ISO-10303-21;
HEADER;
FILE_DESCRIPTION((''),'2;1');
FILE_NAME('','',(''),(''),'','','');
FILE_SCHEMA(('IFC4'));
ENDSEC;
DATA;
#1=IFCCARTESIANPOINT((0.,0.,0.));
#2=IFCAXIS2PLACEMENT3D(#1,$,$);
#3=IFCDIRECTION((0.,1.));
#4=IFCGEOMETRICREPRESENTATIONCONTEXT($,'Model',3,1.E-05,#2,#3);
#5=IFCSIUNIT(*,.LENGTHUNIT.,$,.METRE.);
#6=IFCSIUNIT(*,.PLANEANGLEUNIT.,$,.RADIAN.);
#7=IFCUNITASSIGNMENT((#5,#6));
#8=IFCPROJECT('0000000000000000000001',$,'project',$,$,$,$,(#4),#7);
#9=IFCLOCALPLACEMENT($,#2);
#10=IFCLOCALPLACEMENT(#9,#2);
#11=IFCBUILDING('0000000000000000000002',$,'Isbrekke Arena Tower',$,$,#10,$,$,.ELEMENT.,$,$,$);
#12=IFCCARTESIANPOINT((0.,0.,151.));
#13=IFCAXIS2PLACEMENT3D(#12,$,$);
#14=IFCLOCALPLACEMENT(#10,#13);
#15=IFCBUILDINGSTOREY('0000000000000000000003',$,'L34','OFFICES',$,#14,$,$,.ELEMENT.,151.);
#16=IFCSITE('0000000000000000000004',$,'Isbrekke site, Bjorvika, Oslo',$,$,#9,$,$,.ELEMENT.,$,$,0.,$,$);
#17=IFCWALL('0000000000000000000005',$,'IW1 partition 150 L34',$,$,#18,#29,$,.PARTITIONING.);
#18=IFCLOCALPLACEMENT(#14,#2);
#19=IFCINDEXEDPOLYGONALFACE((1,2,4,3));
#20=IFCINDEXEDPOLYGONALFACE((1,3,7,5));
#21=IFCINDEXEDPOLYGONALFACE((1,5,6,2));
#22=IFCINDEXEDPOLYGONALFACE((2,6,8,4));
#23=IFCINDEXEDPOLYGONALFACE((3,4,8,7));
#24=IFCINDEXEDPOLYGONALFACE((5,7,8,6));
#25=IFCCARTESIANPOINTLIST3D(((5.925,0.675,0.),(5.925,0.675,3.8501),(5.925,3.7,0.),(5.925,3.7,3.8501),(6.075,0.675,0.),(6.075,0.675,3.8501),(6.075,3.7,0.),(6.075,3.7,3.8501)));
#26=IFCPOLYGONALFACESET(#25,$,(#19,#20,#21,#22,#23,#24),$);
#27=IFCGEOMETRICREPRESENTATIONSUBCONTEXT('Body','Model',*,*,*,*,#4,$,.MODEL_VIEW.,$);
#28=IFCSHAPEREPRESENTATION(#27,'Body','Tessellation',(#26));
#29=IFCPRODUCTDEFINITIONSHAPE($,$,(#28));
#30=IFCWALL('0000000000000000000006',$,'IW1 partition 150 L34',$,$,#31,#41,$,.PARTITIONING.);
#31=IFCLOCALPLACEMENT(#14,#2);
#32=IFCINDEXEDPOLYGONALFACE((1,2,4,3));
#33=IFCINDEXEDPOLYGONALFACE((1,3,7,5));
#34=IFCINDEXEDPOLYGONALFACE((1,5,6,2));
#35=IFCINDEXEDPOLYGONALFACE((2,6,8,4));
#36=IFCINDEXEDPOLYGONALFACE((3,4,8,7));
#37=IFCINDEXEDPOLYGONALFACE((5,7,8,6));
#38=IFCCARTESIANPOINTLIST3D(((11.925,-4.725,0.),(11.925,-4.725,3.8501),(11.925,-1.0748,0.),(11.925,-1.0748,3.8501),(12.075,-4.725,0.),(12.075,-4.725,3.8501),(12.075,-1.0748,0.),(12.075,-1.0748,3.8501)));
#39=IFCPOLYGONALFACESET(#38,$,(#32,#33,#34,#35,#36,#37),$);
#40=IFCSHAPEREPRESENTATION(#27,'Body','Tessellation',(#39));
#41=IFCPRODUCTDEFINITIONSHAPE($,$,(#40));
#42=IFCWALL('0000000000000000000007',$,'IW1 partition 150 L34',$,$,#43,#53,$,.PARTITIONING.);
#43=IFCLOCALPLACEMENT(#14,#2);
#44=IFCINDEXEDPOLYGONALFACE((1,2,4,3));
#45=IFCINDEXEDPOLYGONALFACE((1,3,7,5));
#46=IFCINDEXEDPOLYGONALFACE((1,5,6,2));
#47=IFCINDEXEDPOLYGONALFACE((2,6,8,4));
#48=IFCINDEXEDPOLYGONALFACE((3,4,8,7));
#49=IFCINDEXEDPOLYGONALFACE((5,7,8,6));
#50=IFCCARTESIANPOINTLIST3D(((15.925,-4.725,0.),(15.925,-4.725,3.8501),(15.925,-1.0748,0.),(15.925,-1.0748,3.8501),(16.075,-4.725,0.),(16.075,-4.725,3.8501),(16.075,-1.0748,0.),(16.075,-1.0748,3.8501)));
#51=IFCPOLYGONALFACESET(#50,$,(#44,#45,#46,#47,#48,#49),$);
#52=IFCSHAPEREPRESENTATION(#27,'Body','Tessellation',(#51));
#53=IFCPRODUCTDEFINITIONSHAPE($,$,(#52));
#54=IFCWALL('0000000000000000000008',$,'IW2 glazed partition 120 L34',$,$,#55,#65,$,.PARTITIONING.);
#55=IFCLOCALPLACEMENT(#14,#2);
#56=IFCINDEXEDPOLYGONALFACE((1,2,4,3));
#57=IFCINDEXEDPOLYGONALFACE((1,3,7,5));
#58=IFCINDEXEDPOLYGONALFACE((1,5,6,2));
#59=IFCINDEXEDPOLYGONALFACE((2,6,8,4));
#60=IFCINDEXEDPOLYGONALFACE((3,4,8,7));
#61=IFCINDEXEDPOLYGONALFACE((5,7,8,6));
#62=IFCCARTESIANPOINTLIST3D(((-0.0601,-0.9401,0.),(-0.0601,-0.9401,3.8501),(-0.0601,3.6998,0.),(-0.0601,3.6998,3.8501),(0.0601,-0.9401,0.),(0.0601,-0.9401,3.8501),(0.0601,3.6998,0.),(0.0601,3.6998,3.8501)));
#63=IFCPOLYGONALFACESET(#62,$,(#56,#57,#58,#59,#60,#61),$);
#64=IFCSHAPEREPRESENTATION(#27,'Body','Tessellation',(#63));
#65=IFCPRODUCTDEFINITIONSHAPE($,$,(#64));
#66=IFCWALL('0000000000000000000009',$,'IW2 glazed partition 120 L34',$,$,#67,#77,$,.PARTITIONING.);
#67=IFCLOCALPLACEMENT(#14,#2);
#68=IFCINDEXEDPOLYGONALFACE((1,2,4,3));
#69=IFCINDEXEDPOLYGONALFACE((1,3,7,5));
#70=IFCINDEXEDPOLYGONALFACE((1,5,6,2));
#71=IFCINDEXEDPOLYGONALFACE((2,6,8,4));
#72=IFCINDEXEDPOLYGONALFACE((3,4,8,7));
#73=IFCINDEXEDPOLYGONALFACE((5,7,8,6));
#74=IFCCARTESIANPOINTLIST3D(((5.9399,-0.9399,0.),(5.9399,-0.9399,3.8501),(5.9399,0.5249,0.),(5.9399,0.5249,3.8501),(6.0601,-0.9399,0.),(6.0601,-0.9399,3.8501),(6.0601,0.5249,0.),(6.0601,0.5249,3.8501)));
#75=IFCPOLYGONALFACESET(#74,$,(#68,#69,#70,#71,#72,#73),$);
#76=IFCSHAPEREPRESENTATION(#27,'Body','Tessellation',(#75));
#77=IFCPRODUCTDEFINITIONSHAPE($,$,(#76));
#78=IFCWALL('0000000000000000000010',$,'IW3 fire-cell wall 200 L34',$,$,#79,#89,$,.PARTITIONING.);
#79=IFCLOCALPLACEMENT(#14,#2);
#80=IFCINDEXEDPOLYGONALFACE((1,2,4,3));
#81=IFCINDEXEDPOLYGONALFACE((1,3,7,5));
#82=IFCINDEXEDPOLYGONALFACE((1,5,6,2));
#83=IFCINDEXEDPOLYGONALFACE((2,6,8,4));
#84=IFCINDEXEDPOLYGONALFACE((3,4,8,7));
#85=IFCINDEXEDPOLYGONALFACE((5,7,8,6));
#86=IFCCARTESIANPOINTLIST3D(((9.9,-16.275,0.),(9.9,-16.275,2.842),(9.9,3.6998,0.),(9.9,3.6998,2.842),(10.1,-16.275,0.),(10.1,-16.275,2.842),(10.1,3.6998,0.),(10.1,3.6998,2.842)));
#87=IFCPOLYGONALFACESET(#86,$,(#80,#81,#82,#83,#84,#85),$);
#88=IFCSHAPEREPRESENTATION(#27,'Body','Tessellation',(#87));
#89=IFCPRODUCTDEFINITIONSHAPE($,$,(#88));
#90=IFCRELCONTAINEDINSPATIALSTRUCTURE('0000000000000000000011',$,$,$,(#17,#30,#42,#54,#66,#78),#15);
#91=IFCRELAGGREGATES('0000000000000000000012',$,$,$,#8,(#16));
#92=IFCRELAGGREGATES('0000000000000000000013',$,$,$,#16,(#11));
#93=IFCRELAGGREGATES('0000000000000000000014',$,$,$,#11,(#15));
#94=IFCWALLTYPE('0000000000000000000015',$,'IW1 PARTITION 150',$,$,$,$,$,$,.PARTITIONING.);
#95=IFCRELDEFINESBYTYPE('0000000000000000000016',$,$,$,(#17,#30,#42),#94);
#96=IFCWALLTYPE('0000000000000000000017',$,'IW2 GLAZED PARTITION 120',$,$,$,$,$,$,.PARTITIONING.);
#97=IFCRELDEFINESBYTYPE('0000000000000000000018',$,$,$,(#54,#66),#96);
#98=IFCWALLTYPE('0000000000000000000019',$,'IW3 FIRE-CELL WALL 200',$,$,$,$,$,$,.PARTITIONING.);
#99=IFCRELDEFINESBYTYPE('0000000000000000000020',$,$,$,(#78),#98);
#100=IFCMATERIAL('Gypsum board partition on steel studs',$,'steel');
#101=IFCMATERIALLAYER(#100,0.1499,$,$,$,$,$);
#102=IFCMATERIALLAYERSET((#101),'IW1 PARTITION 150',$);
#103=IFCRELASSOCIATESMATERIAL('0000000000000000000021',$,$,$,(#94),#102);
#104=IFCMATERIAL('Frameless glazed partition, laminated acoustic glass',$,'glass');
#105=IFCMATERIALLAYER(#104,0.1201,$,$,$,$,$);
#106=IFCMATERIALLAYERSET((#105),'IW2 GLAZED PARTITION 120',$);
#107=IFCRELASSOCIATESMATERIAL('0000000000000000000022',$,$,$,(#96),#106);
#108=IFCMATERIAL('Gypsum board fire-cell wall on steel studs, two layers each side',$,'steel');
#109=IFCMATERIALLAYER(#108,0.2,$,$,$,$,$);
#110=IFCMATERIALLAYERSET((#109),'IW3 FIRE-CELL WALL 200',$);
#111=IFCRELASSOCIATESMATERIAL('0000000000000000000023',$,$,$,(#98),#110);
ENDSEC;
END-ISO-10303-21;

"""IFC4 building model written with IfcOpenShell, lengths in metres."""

from ifc_helpers import new_model, si_unit, direction, frame, frame_2d, origin, place, context, subcontext, project, spatial, rectangle, extrude, material, layer, layer_set, type_object, element, save


model = new_model("IFC4")

# Units and contexts
model_context = context("Model", 3, precision=1e-05, world=origin(), true_north=direction((0.0, 1.0)))
body_context = subcontext(model_context, "Body", "Model", "MODEL_VIEW")
ifc_project = project(units=[si_unit("LENGTHUNIT", "METRE"), si_unit("PLANEANGLEUNIT", "RADIAN")], contexts=[model_context])

# Site, building, storey
site_placement = place(None, origin())
site = spatial("IfcSite", under=ifc_project, at=site_placement, Name="Isbrekke site, Bjorvika, Oslo", CompositionType="ELEMENT", RefElevation=0.0)
building_placement = place(site_placement, origin())
building = spatial("IfcBuilding", under=site, at=building_placement, Name="Isbrekke Arena Tower", CompositionType="ELEMENT")
storey_placement = place(building_placement, frame((0.0, 0.0, 151.0)))
storey = spatial("IfcBuildingStorey", under=building, at=storey_placement, Name="L34", Description="OFFICES", CompositionType="ELEMENT", Elevation=151.0)

# Shared definitions
ifc_material_1 = material(Name="Gypsum board partition on steel studs", Category="steel")
ifc_layer_1 = layer(ifc_material_1, 0.1499)
ifc_layer_set_1 = layer_set([ifc_layer_1], Name="IW1 PARTITION 150")
wall_type_1 = type_object("IfcWallType", Name="IW1 PARTITION 150", PredefinedType="PARTITIONING", material=ifc_layer_set_1)

# Walls
wall_1_placement = place(storey_placement, frame((6.0, 0.675, 0.0), z_axis=(0.0, 0.0, 1.0), x_axis=(0.0, 1.0, 0.0)))
element("IfcWall", 1, at=wall_1_placement, inside=storey, type_object=wall_type_1, Name="IW1 partition 150 L34", PredefinedType="PARTITIONING", context=body_context, shape_type="SweptSolid", body=[
    extrude(rectangle(XDim=3.0249, YDim=0.1499, at=frame_2d((1.5125, 0.0))), origin(), (0.0, 0.0, 1.0), 3.8501),
])
for number, where, z_axis, x_axis, name in (
    (2, (12.0, -4.7251, 0.0), (0.0, 0.0, 1.0), (0.0, 1.0, 0.0), "IW1 partition 150 L34"),
    (3, (16.0, -4.7251, 0.0), (0.0, 0.0, 1.0), (0.0, 1.0, 0.0), "IW1 partition 150 L34"),
):
    element("IfcWall", number, at=place(storey_placement, frame(where, z_axis=z_axis, x_axis=x_axis)), inside=storey, type_object=wall_type_1, Name=name, PredefinedType="PARTITIONING", context=body_context, shape_type="SweptSolid", body=[
        extrude(rectangle(XDim=3.6501, YDim=0.1499, at=frame_2d((1.8252, 0.0))), origin(), (0.0, 0.0, 1.0), 3.8501),
    ])
ifc_material_2 = material(Name="Frameless glazed partition, laminated acoustic glass", Category="glass")
ifc_layer_2 = layer(ifc_material_2, 0.1201)
ifc_layer_set_2 = layer_set([ifc_layer_2], Name="IW2 GLAZED PARTITION 120")
wall_type_2 = type_object("IfcWallType", Name="IW2 GLAZED PARTITION 120", PredefinedType="PARTITIONING", material=ifc_layer_set_2)
wall_2_placement = place(storey_placement, frame((0.0, -0.9399, 0.0), z_axis=(0.0, 0.0, 1.0), x_axis=(0.0, 1.0, 0.0)))
element("IfcWall", 4, at=wall_2_placement, inside=storey, type_object=wall_type_2, Name="IW2 glazed partition 120 L34", PredefinedType="PARTITIONING", context=body_context, shape_type="SweptSolid", body=[
    extrude(rectangle(XDim=4.6399, YDim=0.1201, at=frame_2d((2.3198, 0.0))), origin(), (0.0, 0.0, 1.0), 3.8501),
])
wall_3_placement = place(storey_placement, frame((6.0, -0.9399, 0.0), z_axis=(0.0, 0.0, 1.0), x_axis=(0.0, 1.0, 0.0)))
element("IfcWall", 5, at=wall_3_placement, inside=storey, type_object=wall_type_2, Name="IW2 glazed partition 120 L34", PredefinedType="PARTITIONING", context=body_context, shape_type="SweptSolid", body=[
    extrude(rectangle(XDim=1.4648, YDim=0.1201, at=frame_2d((0.7324, 0.0))), origin(), (0.0, 0.0, 1.0), 3.8501),
])
ifc_material_3 = material(Name="Gypsum board fire-cell wall on steel studs, two layers each side", Category="steel")
ifc_layer_3 = layer(ifc_material_3, 0.2)
ifc_layer_set_3 = layer_set([ifc_layer_3], Name="IW3 FIRE-CELL WALL 200")
wall_type_3 = type_object("IfcWallType", Name="IW3 FIRE-CELL WALL 200", PredefinedType="PARTITIONING", material=ifc_layer_set_3)
wall_4_placement = place(storey_placement, frame((10.0, -16.2749, 0.0), z_axis=(0.0, 0.0, 1.0), x_axis=(0.0, 1.0, 0.0)))
element("IfcWall", 6, at=wall_4_placement, inside=storey, type_object=wall_type_3, Name="IW3 fire-cell wall 200 L34", PredefinedType="PARTITIONING", context=body_context, shape_type="SweptSolid", body=[
    extrude(rectangle(XDim=19.9749, YDim=0.2, at=frame_2d((9.9873, 0.0))), origin(), (0.0, 0.0, 1.0), 2.842),
])

save(model, "model.ifc")
